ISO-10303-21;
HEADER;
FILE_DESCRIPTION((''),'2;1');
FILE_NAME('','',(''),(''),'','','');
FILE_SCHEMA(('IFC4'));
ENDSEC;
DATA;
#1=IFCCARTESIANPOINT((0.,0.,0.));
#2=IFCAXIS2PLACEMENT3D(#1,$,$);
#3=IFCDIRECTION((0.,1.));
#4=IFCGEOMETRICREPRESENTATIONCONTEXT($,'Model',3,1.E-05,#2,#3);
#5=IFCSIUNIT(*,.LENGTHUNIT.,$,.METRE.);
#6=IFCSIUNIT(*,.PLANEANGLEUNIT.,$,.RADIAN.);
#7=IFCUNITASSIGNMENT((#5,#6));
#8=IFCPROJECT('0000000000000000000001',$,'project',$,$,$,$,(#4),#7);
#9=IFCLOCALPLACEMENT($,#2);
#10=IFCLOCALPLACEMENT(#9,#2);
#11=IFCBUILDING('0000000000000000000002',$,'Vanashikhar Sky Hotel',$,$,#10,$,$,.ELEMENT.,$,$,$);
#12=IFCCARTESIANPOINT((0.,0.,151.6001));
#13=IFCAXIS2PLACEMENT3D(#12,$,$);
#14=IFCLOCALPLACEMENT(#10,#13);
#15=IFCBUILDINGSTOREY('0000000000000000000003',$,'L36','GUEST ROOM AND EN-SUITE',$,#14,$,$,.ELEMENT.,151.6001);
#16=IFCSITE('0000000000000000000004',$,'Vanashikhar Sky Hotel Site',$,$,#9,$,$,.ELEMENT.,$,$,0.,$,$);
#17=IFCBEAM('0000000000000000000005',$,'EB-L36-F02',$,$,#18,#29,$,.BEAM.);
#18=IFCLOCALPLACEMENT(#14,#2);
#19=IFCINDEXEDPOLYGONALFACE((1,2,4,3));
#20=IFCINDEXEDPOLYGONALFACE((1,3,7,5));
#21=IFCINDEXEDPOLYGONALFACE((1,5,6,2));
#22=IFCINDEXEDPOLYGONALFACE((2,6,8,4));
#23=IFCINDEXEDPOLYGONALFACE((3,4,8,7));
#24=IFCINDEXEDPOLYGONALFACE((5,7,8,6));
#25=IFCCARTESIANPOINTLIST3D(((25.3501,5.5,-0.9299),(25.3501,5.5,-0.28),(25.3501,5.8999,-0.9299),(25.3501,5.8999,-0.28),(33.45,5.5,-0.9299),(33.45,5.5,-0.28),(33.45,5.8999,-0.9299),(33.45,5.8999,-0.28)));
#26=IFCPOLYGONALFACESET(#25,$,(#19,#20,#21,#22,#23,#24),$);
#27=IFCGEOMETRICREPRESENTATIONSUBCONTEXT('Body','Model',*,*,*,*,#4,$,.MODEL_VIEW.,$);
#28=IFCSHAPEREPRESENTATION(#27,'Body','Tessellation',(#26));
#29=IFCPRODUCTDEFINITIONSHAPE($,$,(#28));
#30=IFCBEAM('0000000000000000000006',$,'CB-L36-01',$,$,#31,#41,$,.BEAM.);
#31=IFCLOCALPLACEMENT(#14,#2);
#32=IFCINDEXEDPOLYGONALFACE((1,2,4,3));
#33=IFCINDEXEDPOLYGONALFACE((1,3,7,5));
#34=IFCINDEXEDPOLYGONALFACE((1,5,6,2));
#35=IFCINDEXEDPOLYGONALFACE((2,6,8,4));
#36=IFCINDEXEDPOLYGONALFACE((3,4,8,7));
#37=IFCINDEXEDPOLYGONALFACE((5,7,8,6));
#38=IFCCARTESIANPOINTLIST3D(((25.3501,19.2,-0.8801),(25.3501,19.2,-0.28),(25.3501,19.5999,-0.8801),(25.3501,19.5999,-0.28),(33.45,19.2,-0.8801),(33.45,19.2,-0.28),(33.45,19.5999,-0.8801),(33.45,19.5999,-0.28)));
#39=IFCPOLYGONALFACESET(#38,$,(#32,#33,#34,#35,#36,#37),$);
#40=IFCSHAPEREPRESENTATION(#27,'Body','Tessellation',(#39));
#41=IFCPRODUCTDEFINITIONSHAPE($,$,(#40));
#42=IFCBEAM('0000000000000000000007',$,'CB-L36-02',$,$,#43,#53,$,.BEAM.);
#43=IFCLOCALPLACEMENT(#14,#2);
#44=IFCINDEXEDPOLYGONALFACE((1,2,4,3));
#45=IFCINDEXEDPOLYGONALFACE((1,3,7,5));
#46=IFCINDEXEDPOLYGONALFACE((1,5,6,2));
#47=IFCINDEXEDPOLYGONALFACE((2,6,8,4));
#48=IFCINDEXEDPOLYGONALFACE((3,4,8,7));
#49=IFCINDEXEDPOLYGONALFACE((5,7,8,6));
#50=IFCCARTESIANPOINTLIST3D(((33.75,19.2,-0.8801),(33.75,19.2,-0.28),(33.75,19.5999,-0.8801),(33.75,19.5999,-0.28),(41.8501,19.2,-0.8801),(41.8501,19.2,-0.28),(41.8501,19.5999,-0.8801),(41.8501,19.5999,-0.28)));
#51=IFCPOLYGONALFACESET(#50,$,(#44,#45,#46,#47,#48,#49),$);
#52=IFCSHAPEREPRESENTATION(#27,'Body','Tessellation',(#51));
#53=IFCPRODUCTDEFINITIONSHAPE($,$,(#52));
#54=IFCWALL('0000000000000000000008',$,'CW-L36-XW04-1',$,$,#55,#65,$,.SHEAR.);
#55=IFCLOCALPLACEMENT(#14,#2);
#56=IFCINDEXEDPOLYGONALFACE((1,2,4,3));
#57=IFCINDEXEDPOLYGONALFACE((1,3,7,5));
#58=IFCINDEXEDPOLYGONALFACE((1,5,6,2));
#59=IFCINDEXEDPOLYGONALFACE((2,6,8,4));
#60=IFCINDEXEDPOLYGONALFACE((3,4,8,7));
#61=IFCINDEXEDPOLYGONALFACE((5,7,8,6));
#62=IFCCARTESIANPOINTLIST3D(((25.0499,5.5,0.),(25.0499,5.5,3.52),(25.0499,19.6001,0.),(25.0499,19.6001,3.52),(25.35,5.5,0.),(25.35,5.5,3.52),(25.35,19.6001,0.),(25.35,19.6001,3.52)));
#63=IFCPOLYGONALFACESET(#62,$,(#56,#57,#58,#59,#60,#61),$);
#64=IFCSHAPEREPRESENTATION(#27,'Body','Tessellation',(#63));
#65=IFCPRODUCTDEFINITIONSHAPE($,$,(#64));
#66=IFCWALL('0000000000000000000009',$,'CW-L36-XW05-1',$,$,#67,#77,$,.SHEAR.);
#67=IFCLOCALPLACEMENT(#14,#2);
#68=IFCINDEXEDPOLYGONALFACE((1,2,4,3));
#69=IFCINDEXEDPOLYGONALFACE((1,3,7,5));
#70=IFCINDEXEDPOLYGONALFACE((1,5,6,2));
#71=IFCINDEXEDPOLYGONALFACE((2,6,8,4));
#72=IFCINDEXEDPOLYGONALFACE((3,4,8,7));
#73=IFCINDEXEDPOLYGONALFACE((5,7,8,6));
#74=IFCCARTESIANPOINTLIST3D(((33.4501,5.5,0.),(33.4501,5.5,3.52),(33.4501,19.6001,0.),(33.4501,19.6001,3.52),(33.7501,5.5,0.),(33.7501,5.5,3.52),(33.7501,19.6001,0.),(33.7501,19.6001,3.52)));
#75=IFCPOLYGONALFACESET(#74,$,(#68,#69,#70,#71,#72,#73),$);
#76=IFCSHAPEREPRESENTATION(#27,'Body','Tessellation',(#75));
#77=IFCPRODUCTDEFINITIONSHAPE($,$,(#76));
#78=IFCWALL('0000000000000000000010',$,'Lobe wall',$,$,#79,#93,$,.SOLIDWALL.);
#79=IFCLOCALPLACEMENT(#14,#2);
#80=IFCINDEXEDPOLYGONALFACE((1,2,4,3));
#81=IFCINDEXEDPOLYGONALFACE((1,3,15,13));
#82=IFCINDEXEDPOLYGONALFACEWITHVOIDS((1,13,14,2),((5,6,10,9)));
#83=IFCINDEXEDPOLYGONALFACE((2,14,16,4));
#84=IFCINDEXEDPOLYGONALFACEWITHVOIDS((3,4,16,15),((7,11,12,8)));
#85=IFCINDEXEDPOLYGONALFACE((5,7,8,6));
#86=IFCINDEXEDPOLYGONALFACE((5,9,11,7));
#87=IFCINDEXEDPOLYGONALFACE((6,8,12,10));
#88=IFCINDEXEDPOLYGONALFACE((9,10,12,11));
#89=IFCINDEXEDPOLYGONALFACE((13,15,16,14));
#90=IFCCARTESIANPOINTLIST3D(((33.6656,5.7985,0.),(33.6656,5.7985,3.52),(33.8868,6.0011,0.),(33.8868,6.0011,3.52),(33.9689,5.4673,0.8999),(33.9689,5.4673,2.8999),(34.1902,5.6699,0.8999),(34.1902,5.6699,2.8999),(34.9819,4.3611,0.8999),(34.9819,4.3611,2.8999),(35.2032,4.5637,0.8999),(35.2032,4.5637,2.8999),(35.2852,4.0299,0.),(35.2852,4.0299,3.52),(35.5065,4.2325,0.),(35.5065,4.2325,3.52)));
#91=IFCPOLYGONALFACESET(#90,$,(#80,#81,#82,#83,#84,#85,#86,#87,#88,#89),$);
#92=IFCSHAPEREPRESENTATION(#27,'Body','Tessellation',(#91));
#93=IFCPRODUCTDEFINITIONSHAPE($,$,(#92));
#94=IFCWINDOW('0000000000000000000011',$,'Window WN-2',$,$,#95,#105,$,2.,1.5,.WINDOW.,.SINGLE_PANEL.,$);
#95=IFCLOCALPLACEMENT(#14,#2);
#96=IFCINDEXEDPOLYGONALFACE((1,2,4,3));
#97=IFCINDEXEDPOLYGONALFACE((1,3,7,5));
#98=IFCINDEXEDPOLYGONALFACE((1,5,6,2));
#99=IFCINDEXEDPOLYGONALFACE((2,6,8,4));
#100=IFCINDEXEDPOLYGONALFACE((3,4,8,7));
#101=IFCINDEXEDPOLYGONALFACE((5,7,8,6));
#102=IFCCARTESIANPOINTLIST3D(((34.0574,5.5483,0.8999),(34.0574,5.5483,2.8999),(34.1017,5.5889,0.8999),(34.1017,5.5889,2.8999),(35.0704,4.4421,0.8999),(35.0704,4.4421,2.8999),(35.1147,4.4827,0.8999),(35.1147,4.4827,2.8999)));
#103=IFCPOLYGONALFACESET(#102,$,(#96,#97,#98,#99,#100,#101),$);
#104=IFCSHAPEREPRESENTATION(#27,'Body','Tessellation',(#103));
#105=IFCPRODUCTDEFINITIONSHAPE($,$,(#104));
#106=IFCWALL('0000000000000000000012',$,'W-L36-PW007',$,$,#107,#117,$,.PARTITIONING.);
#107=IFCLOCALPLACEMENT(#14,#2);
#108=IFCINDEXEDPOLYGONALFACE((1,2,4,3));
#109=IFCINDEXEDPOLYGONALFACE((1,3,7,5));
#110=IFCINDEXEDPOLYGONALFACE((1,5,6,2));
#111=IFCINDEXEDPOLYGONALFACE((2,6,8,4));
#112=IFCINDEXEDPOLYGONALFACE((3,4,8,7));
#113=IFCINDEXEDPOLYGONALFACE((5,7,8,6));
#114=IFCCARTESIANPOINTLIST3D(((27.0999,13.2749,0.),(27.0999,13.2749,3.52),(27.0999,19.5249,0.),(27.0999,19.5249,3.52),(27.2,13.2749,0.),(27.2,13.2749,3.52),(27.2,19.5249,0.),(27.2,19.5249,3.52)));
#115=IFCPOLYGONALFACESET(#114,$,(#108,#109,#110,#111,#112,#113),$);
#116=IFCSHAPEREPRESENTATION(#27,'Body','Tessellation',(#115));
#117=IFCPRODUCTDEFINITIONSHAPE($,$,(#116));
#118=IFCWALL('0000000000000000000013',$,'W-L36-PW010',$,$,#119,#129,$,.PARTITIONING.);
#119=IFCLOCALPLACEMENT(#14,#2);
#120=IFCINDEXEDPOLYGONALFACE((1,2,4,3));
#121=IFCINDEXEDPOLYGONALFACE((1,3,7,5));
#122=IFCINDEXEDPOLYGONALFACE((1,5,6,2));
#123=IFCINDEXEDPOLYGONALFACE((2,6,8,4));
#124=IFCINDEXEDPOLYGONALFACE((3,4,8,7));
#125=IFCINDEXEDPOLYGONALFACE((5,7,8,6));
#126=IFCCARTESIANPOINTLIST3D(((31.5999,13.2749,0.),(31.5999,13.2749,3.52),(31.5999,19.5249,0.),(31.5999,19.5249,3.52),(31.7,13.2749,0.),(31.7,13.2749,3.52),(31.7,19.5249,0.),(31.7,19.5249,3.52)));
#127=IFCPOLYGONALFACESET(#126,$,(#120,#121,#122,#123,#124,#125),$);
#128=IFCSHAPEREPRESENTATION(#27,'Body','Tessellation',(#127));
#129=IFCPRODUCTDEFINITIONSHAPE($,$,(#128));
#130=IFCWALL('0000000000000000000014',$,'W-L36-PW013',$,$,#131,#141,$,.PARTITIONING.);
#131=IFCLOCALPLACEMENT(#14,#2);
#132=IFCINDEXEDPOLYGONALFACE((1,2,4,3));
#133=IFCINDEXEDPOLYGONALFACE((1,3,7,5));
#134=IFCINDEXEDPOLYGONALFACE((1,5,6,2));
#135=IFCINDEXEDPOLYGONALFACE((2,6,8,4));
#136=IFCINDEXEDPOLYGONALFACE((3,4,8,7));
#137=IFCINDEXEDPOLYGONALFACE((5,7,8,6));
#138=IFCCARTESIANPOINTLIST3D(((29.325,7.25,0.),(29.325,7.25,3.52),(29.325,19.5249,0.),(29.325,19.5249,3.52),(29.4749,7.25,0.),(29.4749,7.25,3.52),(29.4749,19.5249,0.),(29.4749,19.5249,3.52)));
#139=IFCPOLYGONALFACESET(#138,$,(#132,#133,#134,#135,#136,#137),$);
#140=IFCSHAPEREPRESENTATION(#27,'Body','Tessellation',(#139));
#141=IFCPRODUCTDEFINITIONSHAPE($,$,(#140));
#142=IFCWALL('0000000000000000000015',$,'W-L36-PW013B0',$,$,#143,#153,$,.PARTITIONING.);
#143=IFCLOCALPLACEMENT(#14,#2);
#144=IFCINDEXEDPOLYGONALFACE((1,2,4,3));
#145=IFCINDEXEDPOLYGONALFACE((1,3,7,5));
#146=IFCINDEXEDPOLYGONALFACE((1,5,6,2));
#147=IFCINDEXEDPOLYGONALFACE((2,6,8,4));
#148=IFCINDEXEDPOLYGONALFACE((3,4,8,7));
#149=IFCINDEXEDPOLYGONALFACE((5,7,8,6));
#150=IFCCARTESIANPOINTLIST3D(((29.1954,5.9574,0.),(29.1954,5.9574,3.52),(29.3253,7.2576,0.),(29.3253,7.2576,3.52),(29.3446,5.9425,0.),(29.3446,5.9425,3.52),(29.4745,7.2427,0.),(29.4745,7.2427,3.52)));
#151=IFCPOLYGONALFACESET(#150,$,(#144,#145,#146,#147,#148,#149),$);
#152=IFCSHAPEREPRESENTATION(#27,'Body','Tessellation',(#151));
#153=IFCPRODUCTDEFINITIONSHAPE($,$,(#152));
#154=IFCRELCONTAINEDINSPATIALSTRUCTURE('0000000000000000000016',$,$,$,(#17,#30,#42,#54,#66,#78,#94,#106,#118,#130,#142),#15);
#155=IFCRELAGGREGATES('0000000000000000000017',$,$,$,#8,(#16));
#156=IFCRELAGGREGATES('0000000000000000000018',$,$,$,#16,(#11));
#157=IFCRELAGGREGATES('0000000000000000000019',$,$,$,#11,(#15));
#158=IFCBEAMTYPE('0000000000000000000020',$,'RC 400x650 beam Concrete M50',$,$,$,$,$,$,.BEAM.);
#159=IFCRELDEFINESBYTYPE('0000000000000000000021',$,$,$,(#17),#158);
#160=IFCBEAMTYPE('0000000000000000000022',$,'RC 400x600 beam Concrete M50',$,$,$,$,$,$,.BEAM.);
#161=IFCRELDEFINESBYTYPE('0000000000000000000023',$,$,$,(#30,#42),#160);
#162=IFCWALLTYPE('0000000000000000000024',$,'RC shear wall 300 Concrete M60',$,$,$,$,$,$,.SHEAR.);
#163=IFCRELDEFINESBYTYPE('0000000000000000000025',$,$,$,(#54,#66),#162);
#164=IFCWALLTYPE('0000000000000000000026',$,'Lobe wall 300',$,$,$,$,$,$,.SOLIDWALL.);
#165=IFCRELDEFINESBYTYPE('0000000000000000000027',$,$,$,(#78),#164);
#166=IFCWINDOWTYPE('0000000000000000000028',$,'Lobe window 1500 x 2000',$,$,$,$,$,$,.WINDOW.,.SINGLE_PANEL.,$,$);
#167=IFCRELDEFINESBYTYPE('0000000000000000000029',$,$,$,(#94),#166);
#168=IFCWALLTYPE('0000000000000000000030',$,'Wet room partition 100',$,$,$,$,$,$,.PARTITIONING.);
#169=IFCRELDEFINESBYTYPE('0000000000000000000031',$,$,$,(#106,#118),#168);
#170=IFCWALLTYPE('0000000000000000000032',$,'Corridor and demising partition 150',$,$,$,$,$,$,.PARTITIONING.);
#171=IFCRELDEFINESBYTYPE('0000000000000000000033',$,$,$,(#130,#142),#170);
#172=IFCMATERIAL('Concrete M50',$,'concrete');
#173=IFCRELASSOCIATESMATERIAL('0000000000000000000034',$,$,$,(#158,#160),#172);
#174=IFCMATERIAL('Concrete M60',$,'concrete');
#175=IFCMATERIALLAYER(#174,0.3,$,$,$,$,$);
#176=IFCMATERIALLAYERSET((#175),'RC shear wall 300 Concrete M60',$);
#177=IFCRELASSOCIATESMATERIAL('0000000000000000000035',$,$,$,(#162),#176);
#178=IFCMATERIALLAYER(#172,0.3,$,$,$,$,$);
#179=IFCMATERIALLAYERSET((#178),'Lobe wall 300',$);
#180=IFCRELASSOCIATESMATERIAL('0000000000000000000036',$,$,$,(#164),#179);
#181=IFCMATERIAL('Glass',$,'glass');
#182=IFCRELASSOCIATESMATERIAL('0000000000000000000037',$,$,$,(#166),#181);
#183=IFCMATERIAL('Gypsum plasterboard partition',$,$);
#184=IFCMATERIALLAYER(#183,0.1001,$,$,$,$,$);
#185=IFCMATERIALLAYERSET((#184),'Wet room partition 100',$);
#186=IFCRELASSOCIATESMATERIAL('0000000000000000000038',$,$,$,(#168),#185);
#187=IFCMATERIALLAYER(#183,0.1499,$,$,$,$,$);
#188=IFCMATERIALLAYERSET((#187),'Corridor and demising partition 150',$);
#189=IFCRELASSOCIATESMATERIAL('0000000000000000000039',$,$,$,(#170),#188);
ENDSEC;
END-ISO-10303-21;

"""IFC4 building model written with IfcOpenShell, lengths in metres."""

from ifc_helpers import new_model, si_unit, direction, frame, frame_2d, origin, origin_2d, place, context, subcontext, project, spatial, rectangle, extrude, source, transform, mapped, material, layer, layer_set, material_profile, profile_set, type_object, element, fill, save


model = new_model("IFC4")

# Units and contexts
model_context = context("Model", 3, precision=1e-05, world=origin(), true_north=direction((0.0, 1.0)))
body_context = subcontext(model_context, "Body", "Model", "MODEL_VIEW")
ifc_project = project(units=[si_unit("LENGTHUNIT", "METRE"), si_unit("PLANEANGLEUNIT", "RADIAN")], contexts=[model_context])

# Site, building, storey
site_placement = place(None, origin())
site = spatial("IfcSite", under=ifc_project, at=site_placement, Name="Vanashikhar Sky Hotel Site", CompositionType="ELEMENT", RefElevation=0.0)
building_placement = place(site_placement, origin())
building = spatial("IfcBuilding", under=site, at=building_placement, Name="Vanashikhar Sky Hotel", CompositionType="ELEMENT")
storey_placement = place(building_placement, frame((0.0, 0.0, 151.6001)))
storey = spatial("IfcBuildingStorey", under=building, at=storey_placement, Name="L36", Description="GUEST ROOM AND EN-SUITE", CompositionType="ELEMENT", Elevation=151.6001)

# Beams
ifc_material_1 = material(Name="Concrete M50", Category="concrete")
ifc_material_profile_1 = material_profile(ifc_material_1, rectangle(XDim=0.3999, YDim=0.6499, at=origin_2d()))
ifc_profile_set_1 = profile_set([ifc_material_profile_1], Name="RC 400x650 beam Concrete M50")
beam_type_1 = type_object("IfcBeamType", Name="RC 400x650 beam Concrete M50", PredefinedType="BEAM", material=ifc_profile_set_1)
shared_shape_1 = source(origin(), body_context, "Body", "SweptSolid", [
    extrude(rectangle(XDim=0.3999, YDim=0.6499, at=origin_2d()), origin(), (0.0, 0.0, 1.0), 8.0999),
])
beam_1_placement = place(storey_placement, frame((25.3501, 5.7, -0.605), z_axis=(1.0, 0.0, 0.0), x_axis=(0.0, 1.0, 0.0)))
element("IfcBeam", 1, at=beam_1_placement, inside=storey, type_object=beam_type_1, Name="EB-L36-F02", PredefinedType="BEAM", context=body_context, shape_type="MappedRepresentation", body=[
    mapped(shared_shape_1, transform((0.0, 0.0, 0.0), scale=1.0)),
])
ifc_material_profile_2 = material_profile(ifc_material_1, rectangle(XDim=0.3999, YDim=0.6001, at=origin_2d()))
ifc_profile_set_2 = profile_set([ifc_material_profile_2], Name="RC 400x600 beam Concrete M50")
beam_type_2 = type_object("IfcBeamType", Name="RC 400x600 beam Concrete M50", PredefinedType="BEAM", material=ifc_profile_set_2)
shared_shape_2 = source(origin(), body_context, "Body", "SweptSolid", [
    extrude(rectangle(XDim=0.3999, YDim=0.6001, at=origin_2d()), origin(), (0.0, 0.0, 1.0), 8.0999),
])
beam_2_placement = place(storey_placement, frame((25.3501, 19.3999, -0.5801), z_axis=(1.0, 0.0, 0.0), x_axis=(0.0, 1.0, 0.0)))
element("IfcBeam", 2, at=beam_2_placement, inside=storey, type_object=beam_type_2, Name="CB-L36-01", PredefinedType="BEAM", context=body_context, shape_type="MappedRepresentation", body=[
    mapped(shared_shape_2, transform((0.0, 0.0, 0.0), scale=1.0)),
])
shared_shape_3 = source(origin(), body_context, "Body", "SweptSolid", [
    extrude(rectangle(XDim=0.3999, YDim=0.6001, at=origin_2d()), origin(), (0.0, 0.0, 1.0), 8.1001),
])
beam_3_placement = place(storey_placement, frame((33.75, 19.3999, -0.5801), z_axis=(1.0, 0.0, 0.0), x_axis=(0.0, 1.0, 0.0)))
element("IfcBeam", 3, at=beam_3_placement, inside=storey, type_object=beam_type_2, Name="CB-L36-02", PredefinedType="BEAM", context=body_context, shape_type="MappedRepresentation", body=[
    mapped(shared_shape_3, transform((0.0, 0.0, 0.0), scale=1.0)),
])

# Walls
ifc_material_2 = material(Name="Concrete M60", Category="concrete")
ifc_layer_1 = layer(ifc_material_2, 0.3)
ifc_layer_set_1 = layer_set([ifc_layer_1], Name="RC shear wall 300 Concrete M60")
wall_type_1 = type_object("IfcWallType", Name="RC shear wall 300 Concrete M60", PredefinedType="SHEAR", material=ifc_layer_set_1)
shared_shape_4 = source(origin(), body_context, "Body", "SweptSolid", [
    extrude(rectangle(XDim=14.1001, YDim=0.3, at=frame_2d((7.05, 0.0))), origin(), (0.0, 0.0, 1.0), 3.52),
])
for number, where, z_axis, x_axis, name in (
    (4, (25.2, 5.5, 0.0), (0.0, 0.0, 1.0), (0.0, 1.0, 0.0), "CW-L36-XW04-1"),
    (5, (33.6001, 5.5, 0.0), (0.0, 0.0, 1.0), (0.0, 1.0, 0.0), "CW-L36-XW05-1"),
):
    element("IfcWall", number, at=place(storey_placement, frame(where, z_axis=z_axis, x_axis=x_axis)), inside=storey, type_object=wall_type_1, Name=name, PredefinedType="SHEAR", context=body_context, shape_type="MappedRepresentation", body=[
        mapped(shared_shape_4, transform((0.0, 0.0, 0.0), scale=1.0)),
    ])

# Wall, opening, window
ifc_layer_2 = layer(ifc_material_1, 0.3)
ifc_layer_set_2 = layer_set([ifc_layer_2], Name="Lobe wall 300")
wall_type_2 = type_object("IfcWallType", Name="Lobe wall 300", PredefinedType="SOLIDWALL", material=ifc_layer_set_2)
shared_shape_5 = source(origin(), body_context, "Body", "SweptSolid", [
    extrude(rectangle(XDim=2.3982, YDim=0.3, at=frame_2d((1.1992, 0.0))), origin(), (0.0, 0.0, 1.0), 3.52),
])
wall_1_placement = place(storey_placement, frame((33.7761, 5.8999, 0.0), z_axis=(0.0, 0.0, 1.0), x_axis=(0.675374, -0.737475, 0.0)))
wall_1 = element("IfcWall", 6, at=wall_1_placement, inside=storey, type_object=wall_type_2, Name="Lobe wall", PredefinedType="SOLIDWALL", context=body_context, shape_type="MappedRepresentation", body=[
    mapped(shared_shape_5, transform((0.0, 0.0, 0.0), scale=1.0)),
])
shared_shape_6 = source(origin(), body_context, "Body", "SweptSolid", [
    extrude(rectangle(XDim=1.5, YDim=2.0, at=frame_2d((0.75, 1.0))), frame((0.0, 0.1602, 0.0), z_axis=(0.0, -1.0, 0.0), x_axis=(1.0, 0.0, 0.0)), (0.0, 0.0, 1.0), 0.3201),
])
opening_1_placement = place(wall_1_placement, frame((0.4492, 0.0, 0.8999)))
opening_1 = element("IfcOpeningElement", 7, at=opening_1_placement, cuts=wall_1, PredefinedType="OPENING", context=body_context, shape_type="MappedRepresentation", body=[
    mapped(shared_shape_6, transform((0.0, 0.0, 0.0), scale=1.0)),
])
ifc_material_3 = material(Name="Glass", Category="glass")
window_type_1 = type_object("IfcWindowType", Name="Lobe window 1500 x 2000", PartitioningType="SINGLE_PANEL", PredefinedType="WINDOW", material=ifc_material_3)
shared_shape_7 = source(origin(), body_context, "Body", "SweptSolid", [
    extrude(rectangle(XDim=1.5, YDim=2.0, at=frame_2d((0.75, 1.0))), frame((0.0, 0.03, 0.0), z_axis=(0.0, -1.0, 0.0), x_axis=(1.0, 0.0, 0.0)), (0.0, 0.0, 1.0), 0.0601),
])
window_1_placement = place(opening_1_placement, origin())
window_1 = element("IfcWindow", 8, at=window_1_placement, inside=storey, type_object=window_type_1, Name="Window WN-2", OverallHeight=2.0, OverallWidth=1.5, PartitioningType="SINGLE_PANEL", PredefinedType="WINDOW", context=body_context, shape_type="MappedRepresentation", body=[
    mapped(shared_shape_7, transform((0.0, 0.0, 0.0), scale=1.0)),
])
fill(opening_1, window_1)

# Walls
ifc_material_4 = material(Name="Gypsum plasterboard partition")
ifc_layer_3 = layer(ifc_material_4, 0.1001)
ifc_layer_set_3 = layer_set([ifc_layer_3], Name="Wet room partition 100")
wall_type_3 = type_object("IfcWallType", Name="Wet room partition 100", PredefinedType="PARTITIONING", material=ifc_layer_set_3)
shared_shape_8 = source(origin(), body_context, "Body", "SweptSolid", [
    extrude(rectangle(XDim=6.25, YDim=0.1001, at=frame_2d((3.125, 0.0))), origin(), (0.0, 0.0, 1.0), 3.52),
])
for number, where, z_axis, x_axis, name in (
    (9, (27.1499, 13.2749, 0.0), (0.0, 0.0, 1.0), (0.0, 1.0, 0.0), "W-L36-PW007"),
    (10, (31.6499, 13.2749, 0.0), (0.0, 0.0, 1.0), (0.0, 1.0, 0.0), "W-L36-PW010"),
):
    element("IfcWall", number, at=place(storey_placement, frame(where, z_axis=z_axis, x_axis=x_axis)), inside=storey, type_object=wall_type_3, Name=name, PredefinedType="PARTITIONING", context=body_context, shape_type="MappedRepresentation", body=[
        mapped(shared_shape_8, transform((0.0, 0.0, 0.0), scale=1.0)),
    ])
ifc_layer_4 = layer(ifc_material_4, 0.1499)
ifc_layer_set_4 = layer_set([ifc_layer_4], Name="Corridor and demising partition 150")
wall_type_4 = type_object("IfcWallType", Name="Corridor and demising partition 150", PredefinedType="PARTITIONING", material=ifc_layer_set_4)
shared_shape_9 = source(origin(), body_context, "Body", "SweptSolid", [
    extrude(rectangle(XDim=12.2749, YDim=0.1499, at=frame_2d((6.1375, 0.0))), origin(), (0.0, 0.0, 1.0), 3.52),
])
wall_2_placement = place(storey_placement, frame((29.3999, 7.25, 0.0), z_axis=(0.0, 0.0, 1.0), x_axis=(0.0, 1.0, 0.0)))
element("IfcWall", 11, at=wall_2_placement, inside=storey, type_object=wall_type_4, Name="W-L36-PW013", PredefinedType="PARTITIONING", context=body_context, shape_type="MappedRepresentation", body=[
    mapped(shared_shape_9, transform((0.0, 0.0, 0.0), scale=1.0)),
])
shared_shape_10 = source(origin(), body_context, "Body", "SweptSolid", [
    extrude(rectangle(XDim=1.3066, YDim=0.1499, at=frame_2d((0.6533, 0.0))), origin(), (0.0, 0.0, 1.0), 3.52),
])
wall_3_placement = place(storey_placement, frame((29.27, 5.95, 0.0), z_axis=(0.0, 0.0, 1.0), x_axis=(0.099411, 0.995046, 0.0)))
element("IfcWall", 12, at=wall_3_placement, inside=storey, type_object=wall_type_4, Name="W-L36-PW013B0", PredefinedType="PARTITIONING", context=body_context, shape_type="MappedRepresentation", body=[
    mapped(shared_shape_10, transform((0.0, 0.0, 0.0), scale=1.0)),
])

save(model, "model.ifc")
